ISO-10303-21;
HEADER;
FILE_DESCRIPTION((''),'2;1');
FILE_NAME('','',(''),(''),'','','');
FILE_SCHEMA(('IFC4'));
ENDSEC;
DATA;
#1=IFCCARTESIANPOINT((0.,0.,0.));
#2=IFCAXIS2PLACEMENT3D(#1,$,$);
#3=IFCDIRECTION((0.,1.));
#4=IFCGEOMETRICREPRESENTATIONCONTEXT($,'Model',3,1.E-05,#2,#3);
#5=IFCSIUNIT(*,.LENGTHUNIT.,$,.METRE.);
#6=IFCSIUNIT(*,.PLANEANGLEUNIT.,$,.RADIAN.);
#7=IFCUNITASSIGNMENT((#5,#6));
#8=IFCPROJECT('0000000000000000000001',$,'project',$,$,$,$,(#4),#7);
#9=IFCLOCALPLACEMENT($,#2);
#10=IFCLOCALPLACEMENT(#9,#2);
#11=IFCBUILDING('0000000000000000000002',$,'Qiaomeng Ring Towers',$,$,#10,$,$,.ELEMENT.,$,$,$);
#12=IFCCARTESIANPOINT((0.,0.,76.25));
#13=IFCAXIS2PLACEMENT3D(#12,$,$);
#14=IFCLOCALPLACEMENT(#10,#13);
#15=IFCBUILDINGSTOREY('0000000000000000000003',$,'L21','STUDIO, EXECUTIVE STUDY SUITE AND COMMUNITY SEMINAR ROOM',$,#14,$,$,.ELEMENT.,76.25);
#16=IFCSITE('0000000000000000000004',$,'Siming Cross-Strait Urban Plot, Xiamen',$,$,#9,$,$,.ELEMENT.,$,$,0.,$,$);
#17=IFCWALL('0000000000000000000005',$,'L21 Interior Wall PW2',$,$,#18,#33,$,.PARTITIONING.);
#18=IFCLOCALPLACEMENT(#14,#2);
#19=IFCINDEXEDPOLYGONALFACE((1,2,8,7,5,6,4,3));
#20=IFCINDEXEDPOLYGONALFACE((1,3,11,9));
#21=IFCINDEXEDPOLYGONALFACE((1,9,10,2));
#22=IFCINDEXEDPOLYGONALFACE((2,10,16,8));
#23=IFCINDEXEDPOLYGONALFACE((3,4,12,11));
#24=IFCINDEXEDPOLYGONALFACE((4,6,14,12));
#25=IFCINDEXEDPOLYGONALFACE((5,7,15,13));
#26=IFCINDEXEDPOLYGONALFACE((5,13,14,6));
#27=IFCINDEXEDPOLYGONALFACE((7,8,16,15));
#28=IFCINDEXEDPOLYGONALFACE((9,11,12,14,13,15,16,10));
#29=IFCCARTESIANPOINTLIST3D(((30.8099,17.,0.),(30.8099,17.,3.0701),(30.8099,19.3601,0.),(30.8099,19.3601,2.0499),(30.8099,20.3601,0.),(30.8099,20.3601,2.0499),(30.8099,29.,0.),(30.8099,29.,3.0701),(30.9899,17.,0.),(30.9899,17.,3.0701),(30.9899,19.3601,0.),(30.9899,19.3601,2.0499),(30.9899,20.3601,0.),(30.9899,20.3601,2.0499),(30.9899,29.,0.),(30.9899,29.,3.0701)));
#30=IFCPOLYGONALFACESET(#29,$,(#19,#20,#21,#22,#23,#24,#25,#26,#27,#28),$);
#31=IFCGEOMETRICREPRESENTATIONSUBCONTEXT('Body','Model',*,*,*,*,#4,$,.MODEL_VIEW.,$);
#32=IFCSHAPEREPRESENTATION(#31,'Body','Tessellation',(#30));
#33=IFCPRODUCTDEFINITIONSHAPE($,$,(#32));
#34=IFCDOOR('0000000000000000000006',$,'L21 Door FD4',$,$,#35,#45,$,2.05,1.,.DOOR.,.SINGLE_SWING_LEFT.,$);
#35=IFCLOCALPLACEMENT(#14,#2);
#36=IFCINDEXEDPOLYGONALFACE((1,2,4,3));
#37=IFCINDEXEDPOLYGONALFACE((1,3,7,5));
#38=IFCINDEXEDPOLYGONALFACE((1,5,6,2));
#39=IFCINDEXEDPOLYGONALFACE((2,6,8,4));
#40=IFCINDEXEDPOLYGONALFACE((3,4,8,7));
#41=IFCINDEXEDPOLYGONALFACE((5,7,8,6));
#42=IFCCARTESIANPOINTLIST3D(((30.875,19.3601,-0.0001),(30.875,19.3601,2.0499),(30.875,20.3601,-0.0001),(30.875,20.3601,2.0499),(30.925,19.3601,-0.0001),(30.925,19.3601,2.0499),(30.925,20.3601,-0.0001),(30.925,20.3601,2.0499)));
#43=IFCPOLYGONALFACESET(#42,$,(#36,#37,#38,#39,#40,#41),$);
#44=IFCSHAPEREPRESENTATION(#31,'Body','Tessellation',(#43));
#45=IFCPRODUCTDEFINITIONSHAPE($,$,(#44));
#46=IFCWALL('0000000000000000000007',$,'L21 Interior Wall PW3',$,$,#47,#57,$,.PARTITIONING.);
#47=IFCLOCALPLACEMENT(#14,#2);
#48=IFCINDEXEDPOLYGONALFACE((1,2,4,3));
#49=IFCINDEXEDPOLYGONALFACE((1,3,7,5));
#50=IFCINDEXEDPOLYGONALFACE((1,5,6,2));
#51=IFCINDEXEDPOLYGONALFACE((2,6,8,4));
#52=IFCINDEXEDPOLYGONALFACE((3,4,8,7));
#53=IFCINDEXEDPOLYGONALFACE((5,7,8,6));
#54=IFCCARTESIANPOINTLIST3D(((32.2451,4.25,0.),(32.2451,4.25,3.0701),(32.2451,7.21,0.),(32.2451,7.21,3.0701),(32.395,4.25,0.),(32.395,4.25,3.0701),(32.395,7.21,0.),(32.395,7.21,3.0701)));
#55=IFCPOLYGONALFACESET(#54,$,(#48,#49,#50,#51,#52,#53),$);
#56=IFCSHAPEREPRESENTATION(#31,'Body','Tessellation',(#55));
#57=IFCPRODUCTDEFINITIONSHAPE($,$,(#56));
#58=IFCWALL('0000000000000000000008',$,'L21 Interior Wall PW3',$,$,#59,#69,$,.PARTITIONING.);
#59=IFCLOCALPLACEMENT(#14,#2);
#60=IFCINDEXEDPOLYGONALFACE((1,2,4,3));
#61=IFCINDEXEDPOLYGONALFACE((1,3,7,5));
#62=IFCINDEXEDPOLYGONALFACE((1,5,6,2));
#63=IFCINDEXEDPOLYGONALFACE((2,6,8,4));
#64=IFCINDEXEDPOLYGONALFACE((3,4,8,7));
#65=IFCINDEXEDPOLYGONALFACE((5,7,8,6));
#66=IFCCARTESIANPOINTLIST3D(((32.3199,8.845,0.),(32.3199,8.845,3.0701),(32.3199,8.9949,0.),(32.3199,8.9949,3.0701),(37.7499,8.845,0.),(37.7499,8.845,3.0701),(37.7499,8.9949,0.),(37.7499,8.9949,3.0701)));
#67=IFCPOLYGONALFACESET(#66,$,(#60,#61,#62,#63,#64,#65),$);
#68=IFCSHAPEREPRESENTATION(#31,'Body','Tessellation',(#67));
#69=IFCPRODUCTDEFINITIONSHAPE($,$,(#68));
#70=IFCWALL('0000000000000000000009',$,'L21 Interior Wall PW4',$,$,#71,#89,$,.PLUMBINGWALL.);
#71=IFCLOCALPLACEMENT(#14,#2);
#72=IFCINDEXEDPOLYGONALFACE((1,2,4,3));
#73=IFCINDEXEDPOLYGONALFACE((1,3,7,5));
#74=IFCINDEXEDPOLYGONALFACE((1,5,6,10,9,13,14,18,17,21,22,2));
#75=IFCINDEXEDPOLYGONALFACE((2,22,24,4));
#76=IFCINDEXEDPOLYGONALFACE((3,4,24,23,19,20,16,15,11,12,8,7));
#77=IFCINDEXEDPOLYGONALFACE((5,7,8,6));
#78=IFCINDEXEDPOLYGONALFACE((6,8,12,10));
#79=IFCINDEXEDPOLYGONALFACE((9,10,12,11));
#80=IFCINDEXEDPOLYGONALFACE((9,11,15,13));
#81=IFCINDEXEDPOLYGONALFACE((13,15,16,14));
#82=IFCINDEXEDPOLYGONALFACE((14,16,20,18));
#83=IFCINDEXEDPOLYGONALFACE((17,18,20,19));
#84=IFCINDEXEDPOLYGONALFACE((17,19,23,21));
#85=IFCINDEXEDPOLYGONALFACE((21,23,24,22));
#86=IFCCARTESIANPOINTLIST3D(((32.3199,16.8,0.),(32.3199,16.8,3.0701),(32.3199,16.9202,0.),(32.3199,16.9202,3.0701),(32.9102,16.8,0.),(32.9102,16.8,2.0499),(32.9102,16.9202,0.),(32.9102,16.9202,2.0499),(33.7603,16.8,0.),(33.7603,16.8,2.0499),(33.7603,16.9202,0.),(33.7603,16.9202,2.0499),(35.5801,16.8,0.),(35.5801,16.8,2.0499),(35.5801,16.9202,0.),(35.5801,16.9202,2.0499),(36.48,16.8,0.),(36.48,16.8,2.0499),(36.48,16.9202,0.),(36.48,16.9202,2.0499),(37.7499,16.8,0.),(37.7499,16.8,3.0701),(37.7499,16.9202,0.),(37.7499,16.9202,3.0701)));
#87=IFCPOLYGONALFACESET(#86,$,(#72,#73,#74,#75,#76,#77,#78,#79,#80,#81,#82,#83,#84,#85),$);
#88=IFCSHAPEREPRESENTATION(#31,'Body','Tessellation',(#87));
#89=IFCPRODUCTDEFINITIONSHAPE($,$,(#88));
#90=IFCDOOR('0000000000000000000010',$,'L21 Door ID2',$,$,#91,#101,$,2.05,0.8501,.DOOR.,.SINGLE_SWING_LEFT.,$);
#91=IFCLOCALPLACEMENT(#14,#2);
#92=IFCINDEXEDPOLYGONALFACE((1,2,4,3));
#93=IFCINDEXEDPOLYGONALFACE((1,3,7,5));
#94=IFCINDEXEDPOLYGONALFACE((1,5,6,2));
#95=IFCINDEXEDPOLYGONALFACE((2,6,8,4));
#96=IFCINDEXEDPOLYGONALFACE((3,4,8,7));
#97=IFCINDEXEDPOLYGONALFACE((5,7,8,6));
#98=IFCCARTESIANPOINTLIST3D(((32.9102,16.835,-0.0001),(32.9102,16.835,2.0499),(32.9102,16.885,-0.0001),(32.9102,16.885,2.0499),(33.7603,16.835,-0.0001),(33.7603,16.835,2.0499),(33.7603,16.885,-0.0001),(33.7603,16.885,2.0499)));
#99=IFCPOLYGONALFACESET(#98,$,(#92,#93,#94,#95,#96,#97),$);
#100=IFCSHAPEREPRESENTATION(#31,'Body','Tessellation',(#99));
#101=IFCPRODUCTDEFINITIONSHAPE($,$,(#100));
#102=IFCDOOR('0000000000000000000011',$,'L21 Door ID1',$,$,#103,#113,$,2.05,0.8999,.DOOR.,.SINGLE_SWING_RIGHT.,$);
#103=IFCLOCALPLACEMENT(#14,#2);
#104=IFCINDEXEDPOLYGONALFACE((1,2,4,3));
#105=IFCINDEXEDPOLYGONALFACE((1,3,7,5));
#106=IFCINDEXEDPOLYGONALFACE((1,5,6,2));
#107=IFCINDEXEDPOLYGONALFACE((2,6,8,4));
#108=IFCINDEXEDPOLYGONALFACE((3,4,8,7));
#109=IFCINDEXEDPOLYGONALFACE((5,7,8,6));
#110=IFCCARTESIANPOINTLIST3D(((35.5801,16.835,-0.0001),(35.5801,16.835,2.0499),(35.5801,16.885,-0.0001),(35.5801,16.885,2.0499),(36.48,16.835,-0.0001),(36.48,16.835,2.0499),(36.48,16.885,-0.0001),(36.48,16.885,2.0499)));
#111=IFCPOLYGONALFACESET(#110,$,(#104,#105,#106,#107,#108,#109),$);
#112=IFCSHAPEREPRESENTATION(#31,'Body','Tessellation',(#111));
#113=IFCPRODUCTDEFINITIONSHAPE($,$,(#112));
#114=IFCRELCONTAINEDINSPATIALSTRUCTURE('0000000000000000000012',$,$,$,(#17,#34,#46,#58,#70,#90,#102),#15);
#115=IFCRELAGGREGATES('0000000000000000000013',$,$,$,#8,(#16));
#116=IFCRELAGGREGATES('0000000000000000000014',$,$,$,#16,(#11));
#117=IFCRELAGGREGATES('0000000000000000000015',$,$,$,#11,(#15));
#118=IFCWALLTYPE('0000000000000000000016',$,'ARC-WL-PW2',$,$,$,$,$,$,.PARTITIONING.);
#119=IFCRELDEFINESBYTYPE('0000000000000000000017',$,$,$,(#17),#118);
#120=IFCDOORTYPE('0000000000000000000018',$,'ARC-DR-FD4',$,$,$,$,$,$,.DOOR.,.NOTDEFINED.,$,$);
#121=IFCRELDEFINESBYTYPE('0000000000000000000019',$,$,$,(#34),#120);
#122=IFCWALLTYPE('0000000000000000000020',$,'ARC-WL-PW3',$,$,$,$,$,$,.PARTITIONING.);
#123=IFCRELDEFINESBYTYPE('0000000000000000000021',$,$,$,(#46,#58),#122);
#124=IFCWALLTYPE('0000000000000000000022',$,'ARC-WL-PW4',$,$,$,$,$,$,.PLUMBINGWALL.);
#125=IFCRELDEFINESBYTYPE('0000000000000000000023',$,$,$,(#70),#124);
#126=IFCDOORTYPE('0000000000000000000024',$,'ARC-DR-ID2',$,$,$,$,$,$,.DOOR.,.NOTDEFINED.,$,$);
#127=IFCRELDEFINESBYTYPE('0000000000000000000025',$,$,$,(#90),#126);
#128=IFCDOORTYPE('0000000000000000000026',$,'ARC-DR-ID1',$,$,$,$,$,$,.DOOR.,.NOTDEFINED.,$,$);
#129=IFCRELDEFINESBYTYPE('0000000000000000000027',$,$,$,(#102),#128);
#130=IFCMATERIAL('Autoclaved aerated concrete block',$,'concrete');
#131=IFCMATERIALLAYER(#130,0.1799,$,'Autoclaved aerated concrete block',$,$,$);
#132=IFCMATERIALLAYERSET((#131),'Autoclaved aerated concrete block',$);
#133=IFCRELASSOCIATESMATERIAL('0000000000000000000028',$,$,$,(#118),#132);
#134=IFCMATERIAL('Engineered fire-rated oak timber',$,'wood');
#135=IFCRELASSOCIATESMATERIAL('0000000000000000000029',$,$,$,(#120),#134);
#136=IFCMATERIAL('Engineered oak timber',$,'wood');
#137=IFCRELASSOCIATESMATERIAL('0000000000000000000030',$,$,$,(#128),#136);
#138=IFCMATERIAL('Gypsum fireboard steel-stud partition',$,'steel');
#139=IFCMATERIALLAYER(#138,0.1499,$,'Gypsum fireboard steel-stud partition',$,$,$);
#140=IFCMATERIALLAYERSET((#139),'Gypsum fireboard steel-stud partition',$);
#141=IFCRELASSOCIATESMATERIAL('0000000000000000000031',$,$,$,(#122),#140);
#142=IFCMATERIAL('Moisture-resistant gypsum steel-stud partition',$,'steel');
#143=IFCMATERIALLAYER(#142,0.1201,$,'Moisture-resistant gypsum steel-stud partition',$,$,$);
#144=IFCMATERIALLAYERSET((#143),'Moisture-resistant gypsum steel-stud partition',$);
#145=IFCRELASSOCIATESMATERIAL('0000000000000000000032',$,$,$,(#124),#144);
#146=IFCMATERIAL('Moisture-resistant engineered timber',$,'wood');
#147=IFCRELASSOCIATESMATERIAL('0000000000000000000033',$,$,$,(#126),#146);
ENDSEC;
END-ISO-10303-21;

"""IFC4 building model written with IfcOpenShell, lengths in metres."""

from ifc_helpers import new_model, si_unit, direction, frame, frame_2d, origin, place, context, subcontext, project, spatial, rectangle, extrude, source, transform, mapped, material, layer, layer_set, type_object, element, fill, save


model = new_model("IFC4")

# Units and contexts
model_context = context("Model", 3, precision=1e-05, world=origin(), true_north=direction((0.0, 1.0)))
body_context = subcontext(model_context, "Body", "Model", "MODEL_VIEW")
ifc_project = project(units=[si_unit("LENGTHUNIT", "METRE"), si_unit("PLANEANGLEUNIT", "RADIAN")], contexts=[model_context])

# Site, building, storey
site_placement = place(None, origin())
site = spatial("IfcSite", under=ifc_project, at=site_placement, Name="Siming Cross-Strait Urban Plot, Xiamen", CompositionType="ELEMENT", RefElevation=0.0)
building_placement = place(site_placement, origin())
building = spatial("IfcBuilding", under=site, at=building_placement, Name="Qiaomeng Ring Towers", CompositionType="ELEMENT")
storey_placement = place(building_placement, frame((0.0, 0.0, 76.25)))
storey = spatial("IfcBuildingStorey", under=building, at=storey_placement, Name="L21", Description="STUDIO, EXECUTIVE STUDY SUITE AND COMMUNITY SEMINAR ROOM", CompositionType="ELEMENT", Elevation=76.25)

# Shared definitions
ifc_material_1 = material(Name="Autoclaved aerated concrete block", Category="concrete")

# Shared definitions
ifc_layer_1 = layer(ifc_material_1, 0.1799, Name="Autoclaved aerated concrete block")
ifc_layer_set_1 = layer_set([ifc_layer_1], Name="Autoclaved aerated concrete block")
wall_type_1 = type_object("IfcWallType", Name="ARC-WL-PW2", PredefinedType="PARTITIONING", material=ifc_layer_set_1)
ifc_material_2 = material(Name="Engineered fire-rated oak timber", Category="wood")
door_type_1 = type_object("IfcDoorType", Name="ARC-DR-FD4", OperationType="NOTDEFINED", PredefinedType="DOOR", material=ifc_material_2)
shared_shape_1 = source(origin(), body_context, "Body", "SweptSolid", [
    extrude(rectangle(XDim=1.0, YDim=2.05, at=frame_2d((0.5, 1.0249))), frame((0.0, 0.0249, 0.0), z_axis=(0.0, -1.0, 0.0), x_axis=(1.0, 0.0, 0.0)), (0.0, 0.0, 1.0), 0.05),
])
ifc_material_3 = material(Name="Engineered oak timber", Category="wood")
door_type_2 = type_object("IfcDoorType", Name="ARC-DR-ID1", OperationType="NOTDEFINED", PredefinedType="DOOR", material=ifc_material_3)
shared_shape_2 = source(origin(), body_context, "Body", "SweptSolid", [
    extrude(rectangle(XDim=0.8999, YDim=2.05, at=frame_2d((0.45, 1.0249))), frame((0.0, 0.0249, 0.0), z_axis=(0.0, -1.0, 0.0), x_axis=(1.0, 0.0, 0.0)), (0.0, 0.0, 1.0), 0.05),
])

# Wall, opening, door
wall_1_placement = place(storey_placement, frame((30.8999, 17.0, 0.0), z_axis=(0.0, 0.0, 1.0), x_axis=(0.0, 1.0, 0.0)))
wall_1 = element("IfcWall", 1, at=wall_1_placement, inside=storey, type_object=wall_type_1, Name="L21 Interior Wall PW2", PredefinedType="PARTITIONING", context=body_context, shape_type="SweptSolid", body=[
    extrude(rectangle(XDim=12.0, YDim=0.1799, at=frame_2d((6.0, 0.0))), origin(), (0.0, 0.0, 1.0), 3.0701),
])
opening_1_placement = place(wall_1_placement, frame((2.3601, 0.0, 0.0)))
opening_1 = element("IfcOpeningElement", 2, at=opening_1_placement, cuts=wall_1, PredefinedType="OPENING", context=body_context, shape_type="SweptSolid", body=[
    extrude(rectangle(XDim=1.0, YDim=2.05, at=frame_2d((0.5, 1.0249))), frame((0.0, 0.0999, 0.0), z_axis=(0.0, -1.0, 0.0), x_axis=(1.0, 0.0, 0.0)), (0.0, 0.0, 1.0), 0.2),
])
door_1_placement = place(opening_1_placement, origin())
door_1 = element("IfcDoor", 3, at=door_1_placement, inside=storey, type_object=door_type_1, Name="L21 Door FD4", OperationType="SINGLE_SWING_LEFT", OverallHeight=2.05, OverallWidth=1.0, PredefinedType="DOOR", context=body_context, shape_type="MappedRepresentation", body=[
    mapped(shared_shape_1, transform((0.0, 0.0, 0.0), x_axis=(1.0, 0.0, 0.0), y_axis=(0.0, 1.0, 0.0), z_axis=(0.0, 0.0, 1.0), scale=1.0)),
])
fill(opening_1, door_1)

# Walls
ifc_material_4 = material(Name="Gypsum fireboard steel-stud partition", Category="steel")
ifc_layer_2 = layer(ifc_material_4, 0.1499, Name="Gypsum fireboard steel-stud partition")
ifc_layer_set_2 = layer_set([ifc_layer_2], Name="Gypsum fireboard steel-stud partition")
wall_type_2 = type_object("IfcWallType", Name="ARC-WL-PW3", PredefinedType="PARTITIONING", material=ifc_layer_set_2)
wall_2_placement = place(storey_placement, frame((32.3201, 4.25, 0.0), z_axis=(0.0, 0.0, 1.0), x_axis=(0.0, 1.0, 0.0)))
element("IfcWall", 4, at=wall_2_placement, inside=storey, type_object=wall_type_2, Name="L21 Interior Wall PW3", PredefinedType="PARTITIONING", context=body_context, shape_type="SweptSolid", body=[
    extrude(rectangle(XDim=2.96, YDim=0.1499, at=frame_2d((1.48, 0.0))), origin(), (0.0, 0.0, 1.0), 3.0701),
])
wall_3_placement = place(storey_placement, frame((32.3201, 8.9199, 0.0), z_axis=(0.0, 0.0, 1.0), x_axis=(1.0, 0.0, 0.0)))
element("IfcWall", 5, at=wall_3_placement, inside=storey, type_object=wall_type_2, Name="L21 Interior Wall PW3", PredefinedType="PARTITIONING", context=body_context, shape_type="SweptSolid", body=[
    extrude(rectangle(XDim=5.4299, YDim=0.1499, at=frame_2d((2.7148, 0.0))), origin(), (0.0, 0.0, 1.0), 3.0701),
])

# Wall, openings, doors
ifc_material_5 = material(Name="Moisture-resistant gypsum steel-stud partition", Category="steel")
ifc_layer_3 = layer(ifc_material_5, 0.1201, Name="Moisture-resistant gypsum steel-stud partition")
ifc_layer_set_3 = layer_set([ifc_layer_3], Name="Moisture-resistant gypsum steel-stud partition")
wall_type_3 = type_object("IfcWallType", Name="ARC-WL-PW4", PredefinedType="PLUMBINGWALL", material=ifc_layer_set_3)
wall_4_placement = place(storey_placement, frame((32.3201, 16.8601, 0.0), z_axis=(0.0, 0.0, 1.0), x_axis=(1.0, 0.0, 0.0)))
wall_4 = element("IfcWall", 6, at=wall_4_placement, inside=storey, type_object=wall_type_3, Name="L21 Interior Wall PW4", PredefinedType="PLUMBINGWALL", context=body_context, shape_type="SweptSolid", body=[
    extrude(rectangle(XDim=5.4299, YDim=0.1201, at=frame_2d((2.7148, 0.0))), origin(), (0.0, 0.0, 1.0), 3.0701),
])
opening_2_placement = place(wall_4_placement, frame((0.5901, 0.0, 0.0)))
opening_2 = element("IfcOpeningElement", 7, at=opening_2_placement, cuts=wall_4, PredefinedType="OPENING", context=body_context, shape_type="SweptSolid", body=[
    extrude(rectangle(XDim=0.8501, YDim=2.05, at=frame_2d((0.425, 1.0249))), frame((0.0, 0.0701, 0.0), z_axis=(0.0, -1.0, 0.0), x_axis=(1.0, 0.0, 0.0)), (0.0, 0.0, 1.0), 0.1401),
])
opening_3_placement = place(wall_4_placement, frame((3.26, 0.0, 0.0)))
opening_3 = element("IfcOpeningElement", 8, at=opening_3_placement, cuts=wall_4, PredefinedType="OPENING", context=body_context, shape_type="SweptSolid", body=[
    extrude(rectangle(XDim=0.8999, YDim=2.05, at=frame_2d((0.45, 1.0249))), frame((0.0, 0.0701, 0.0), z_axis=(0.0, -1.0, 0.0), x_axis=(1.0, 0.0, 0.0)), (0.0, 0.0, 1.0), 0.1401),
])
ifc_material_6 = material(Name="Moisture-resistant engineered timber", Category="wood")
door_type_3 = type_object("IfcDoorType", Name="ARC-DR-ID2", OperationType="NOTDEFINED", PredefinedType="DOOR", material=ifc_material_6)
shared_shape_3 = source(origin(), body_context, "Body", "SweptSolid", [
    extrude(rectangle(XDim=0.8501, YDim=2.05, at=frame_2d((0.425, 1.0249))), frame((0.0, 0.0249, 0.0), z_axis=(0.0, -1.0, 0.0), x_axis=(1.0, 0.0, 0.0)), (0.0, 0.0, 1.0), 0.05),
])
door_2_placement = place(opening_2_placement, origin())
door_2 = element("IfcDoor", 9, at=door_2_placement, inside=storey, type_object=door_type_3, Name="L21 Door ID2", OperationType="SINGLE_SWING_LEFT", OverallHeight=2.05, OverallWidth=0.8501, PredefinedType="DOOR", context=body_context, shape_type="MappedRepresentation", body=[
    mapped(shared_shape_3, transform((0.0, 0.0, 0.0), x_axis=(1.0, 0.0, 0.0), y_axis=(0.0, 1.0, 0.0), z_axis=(0.0, 0.0, 1.0), scale=1.0)),
])
fill(opening_2, door_2)
door_3_placement = place(opening_3_placement, origin())
door_3 = element("IfcDoor", 10, at=door_3_placement, inside=storey, type_object=door_type_2, Name="L21 Door ID1", OperationType="SINGLE_SWING_RIGHT", OverallHeight=2.05, OverallWidth=0.8999, PredefinedType="DOOR", context=body_context, shape_type="MappedRepresentation", body=[
    mapped(shared_shape_2, transform((0.0, 0.0, 0.0), x_axis=(1.0, 0.0, 0.0), y_axis=(0.0, 1.0, 0.0), z_axis=(0.0, 0.0, 1.0), scale=1.0)),
])
fill(opening_3, door_3)

save(model, "model.ifc")
